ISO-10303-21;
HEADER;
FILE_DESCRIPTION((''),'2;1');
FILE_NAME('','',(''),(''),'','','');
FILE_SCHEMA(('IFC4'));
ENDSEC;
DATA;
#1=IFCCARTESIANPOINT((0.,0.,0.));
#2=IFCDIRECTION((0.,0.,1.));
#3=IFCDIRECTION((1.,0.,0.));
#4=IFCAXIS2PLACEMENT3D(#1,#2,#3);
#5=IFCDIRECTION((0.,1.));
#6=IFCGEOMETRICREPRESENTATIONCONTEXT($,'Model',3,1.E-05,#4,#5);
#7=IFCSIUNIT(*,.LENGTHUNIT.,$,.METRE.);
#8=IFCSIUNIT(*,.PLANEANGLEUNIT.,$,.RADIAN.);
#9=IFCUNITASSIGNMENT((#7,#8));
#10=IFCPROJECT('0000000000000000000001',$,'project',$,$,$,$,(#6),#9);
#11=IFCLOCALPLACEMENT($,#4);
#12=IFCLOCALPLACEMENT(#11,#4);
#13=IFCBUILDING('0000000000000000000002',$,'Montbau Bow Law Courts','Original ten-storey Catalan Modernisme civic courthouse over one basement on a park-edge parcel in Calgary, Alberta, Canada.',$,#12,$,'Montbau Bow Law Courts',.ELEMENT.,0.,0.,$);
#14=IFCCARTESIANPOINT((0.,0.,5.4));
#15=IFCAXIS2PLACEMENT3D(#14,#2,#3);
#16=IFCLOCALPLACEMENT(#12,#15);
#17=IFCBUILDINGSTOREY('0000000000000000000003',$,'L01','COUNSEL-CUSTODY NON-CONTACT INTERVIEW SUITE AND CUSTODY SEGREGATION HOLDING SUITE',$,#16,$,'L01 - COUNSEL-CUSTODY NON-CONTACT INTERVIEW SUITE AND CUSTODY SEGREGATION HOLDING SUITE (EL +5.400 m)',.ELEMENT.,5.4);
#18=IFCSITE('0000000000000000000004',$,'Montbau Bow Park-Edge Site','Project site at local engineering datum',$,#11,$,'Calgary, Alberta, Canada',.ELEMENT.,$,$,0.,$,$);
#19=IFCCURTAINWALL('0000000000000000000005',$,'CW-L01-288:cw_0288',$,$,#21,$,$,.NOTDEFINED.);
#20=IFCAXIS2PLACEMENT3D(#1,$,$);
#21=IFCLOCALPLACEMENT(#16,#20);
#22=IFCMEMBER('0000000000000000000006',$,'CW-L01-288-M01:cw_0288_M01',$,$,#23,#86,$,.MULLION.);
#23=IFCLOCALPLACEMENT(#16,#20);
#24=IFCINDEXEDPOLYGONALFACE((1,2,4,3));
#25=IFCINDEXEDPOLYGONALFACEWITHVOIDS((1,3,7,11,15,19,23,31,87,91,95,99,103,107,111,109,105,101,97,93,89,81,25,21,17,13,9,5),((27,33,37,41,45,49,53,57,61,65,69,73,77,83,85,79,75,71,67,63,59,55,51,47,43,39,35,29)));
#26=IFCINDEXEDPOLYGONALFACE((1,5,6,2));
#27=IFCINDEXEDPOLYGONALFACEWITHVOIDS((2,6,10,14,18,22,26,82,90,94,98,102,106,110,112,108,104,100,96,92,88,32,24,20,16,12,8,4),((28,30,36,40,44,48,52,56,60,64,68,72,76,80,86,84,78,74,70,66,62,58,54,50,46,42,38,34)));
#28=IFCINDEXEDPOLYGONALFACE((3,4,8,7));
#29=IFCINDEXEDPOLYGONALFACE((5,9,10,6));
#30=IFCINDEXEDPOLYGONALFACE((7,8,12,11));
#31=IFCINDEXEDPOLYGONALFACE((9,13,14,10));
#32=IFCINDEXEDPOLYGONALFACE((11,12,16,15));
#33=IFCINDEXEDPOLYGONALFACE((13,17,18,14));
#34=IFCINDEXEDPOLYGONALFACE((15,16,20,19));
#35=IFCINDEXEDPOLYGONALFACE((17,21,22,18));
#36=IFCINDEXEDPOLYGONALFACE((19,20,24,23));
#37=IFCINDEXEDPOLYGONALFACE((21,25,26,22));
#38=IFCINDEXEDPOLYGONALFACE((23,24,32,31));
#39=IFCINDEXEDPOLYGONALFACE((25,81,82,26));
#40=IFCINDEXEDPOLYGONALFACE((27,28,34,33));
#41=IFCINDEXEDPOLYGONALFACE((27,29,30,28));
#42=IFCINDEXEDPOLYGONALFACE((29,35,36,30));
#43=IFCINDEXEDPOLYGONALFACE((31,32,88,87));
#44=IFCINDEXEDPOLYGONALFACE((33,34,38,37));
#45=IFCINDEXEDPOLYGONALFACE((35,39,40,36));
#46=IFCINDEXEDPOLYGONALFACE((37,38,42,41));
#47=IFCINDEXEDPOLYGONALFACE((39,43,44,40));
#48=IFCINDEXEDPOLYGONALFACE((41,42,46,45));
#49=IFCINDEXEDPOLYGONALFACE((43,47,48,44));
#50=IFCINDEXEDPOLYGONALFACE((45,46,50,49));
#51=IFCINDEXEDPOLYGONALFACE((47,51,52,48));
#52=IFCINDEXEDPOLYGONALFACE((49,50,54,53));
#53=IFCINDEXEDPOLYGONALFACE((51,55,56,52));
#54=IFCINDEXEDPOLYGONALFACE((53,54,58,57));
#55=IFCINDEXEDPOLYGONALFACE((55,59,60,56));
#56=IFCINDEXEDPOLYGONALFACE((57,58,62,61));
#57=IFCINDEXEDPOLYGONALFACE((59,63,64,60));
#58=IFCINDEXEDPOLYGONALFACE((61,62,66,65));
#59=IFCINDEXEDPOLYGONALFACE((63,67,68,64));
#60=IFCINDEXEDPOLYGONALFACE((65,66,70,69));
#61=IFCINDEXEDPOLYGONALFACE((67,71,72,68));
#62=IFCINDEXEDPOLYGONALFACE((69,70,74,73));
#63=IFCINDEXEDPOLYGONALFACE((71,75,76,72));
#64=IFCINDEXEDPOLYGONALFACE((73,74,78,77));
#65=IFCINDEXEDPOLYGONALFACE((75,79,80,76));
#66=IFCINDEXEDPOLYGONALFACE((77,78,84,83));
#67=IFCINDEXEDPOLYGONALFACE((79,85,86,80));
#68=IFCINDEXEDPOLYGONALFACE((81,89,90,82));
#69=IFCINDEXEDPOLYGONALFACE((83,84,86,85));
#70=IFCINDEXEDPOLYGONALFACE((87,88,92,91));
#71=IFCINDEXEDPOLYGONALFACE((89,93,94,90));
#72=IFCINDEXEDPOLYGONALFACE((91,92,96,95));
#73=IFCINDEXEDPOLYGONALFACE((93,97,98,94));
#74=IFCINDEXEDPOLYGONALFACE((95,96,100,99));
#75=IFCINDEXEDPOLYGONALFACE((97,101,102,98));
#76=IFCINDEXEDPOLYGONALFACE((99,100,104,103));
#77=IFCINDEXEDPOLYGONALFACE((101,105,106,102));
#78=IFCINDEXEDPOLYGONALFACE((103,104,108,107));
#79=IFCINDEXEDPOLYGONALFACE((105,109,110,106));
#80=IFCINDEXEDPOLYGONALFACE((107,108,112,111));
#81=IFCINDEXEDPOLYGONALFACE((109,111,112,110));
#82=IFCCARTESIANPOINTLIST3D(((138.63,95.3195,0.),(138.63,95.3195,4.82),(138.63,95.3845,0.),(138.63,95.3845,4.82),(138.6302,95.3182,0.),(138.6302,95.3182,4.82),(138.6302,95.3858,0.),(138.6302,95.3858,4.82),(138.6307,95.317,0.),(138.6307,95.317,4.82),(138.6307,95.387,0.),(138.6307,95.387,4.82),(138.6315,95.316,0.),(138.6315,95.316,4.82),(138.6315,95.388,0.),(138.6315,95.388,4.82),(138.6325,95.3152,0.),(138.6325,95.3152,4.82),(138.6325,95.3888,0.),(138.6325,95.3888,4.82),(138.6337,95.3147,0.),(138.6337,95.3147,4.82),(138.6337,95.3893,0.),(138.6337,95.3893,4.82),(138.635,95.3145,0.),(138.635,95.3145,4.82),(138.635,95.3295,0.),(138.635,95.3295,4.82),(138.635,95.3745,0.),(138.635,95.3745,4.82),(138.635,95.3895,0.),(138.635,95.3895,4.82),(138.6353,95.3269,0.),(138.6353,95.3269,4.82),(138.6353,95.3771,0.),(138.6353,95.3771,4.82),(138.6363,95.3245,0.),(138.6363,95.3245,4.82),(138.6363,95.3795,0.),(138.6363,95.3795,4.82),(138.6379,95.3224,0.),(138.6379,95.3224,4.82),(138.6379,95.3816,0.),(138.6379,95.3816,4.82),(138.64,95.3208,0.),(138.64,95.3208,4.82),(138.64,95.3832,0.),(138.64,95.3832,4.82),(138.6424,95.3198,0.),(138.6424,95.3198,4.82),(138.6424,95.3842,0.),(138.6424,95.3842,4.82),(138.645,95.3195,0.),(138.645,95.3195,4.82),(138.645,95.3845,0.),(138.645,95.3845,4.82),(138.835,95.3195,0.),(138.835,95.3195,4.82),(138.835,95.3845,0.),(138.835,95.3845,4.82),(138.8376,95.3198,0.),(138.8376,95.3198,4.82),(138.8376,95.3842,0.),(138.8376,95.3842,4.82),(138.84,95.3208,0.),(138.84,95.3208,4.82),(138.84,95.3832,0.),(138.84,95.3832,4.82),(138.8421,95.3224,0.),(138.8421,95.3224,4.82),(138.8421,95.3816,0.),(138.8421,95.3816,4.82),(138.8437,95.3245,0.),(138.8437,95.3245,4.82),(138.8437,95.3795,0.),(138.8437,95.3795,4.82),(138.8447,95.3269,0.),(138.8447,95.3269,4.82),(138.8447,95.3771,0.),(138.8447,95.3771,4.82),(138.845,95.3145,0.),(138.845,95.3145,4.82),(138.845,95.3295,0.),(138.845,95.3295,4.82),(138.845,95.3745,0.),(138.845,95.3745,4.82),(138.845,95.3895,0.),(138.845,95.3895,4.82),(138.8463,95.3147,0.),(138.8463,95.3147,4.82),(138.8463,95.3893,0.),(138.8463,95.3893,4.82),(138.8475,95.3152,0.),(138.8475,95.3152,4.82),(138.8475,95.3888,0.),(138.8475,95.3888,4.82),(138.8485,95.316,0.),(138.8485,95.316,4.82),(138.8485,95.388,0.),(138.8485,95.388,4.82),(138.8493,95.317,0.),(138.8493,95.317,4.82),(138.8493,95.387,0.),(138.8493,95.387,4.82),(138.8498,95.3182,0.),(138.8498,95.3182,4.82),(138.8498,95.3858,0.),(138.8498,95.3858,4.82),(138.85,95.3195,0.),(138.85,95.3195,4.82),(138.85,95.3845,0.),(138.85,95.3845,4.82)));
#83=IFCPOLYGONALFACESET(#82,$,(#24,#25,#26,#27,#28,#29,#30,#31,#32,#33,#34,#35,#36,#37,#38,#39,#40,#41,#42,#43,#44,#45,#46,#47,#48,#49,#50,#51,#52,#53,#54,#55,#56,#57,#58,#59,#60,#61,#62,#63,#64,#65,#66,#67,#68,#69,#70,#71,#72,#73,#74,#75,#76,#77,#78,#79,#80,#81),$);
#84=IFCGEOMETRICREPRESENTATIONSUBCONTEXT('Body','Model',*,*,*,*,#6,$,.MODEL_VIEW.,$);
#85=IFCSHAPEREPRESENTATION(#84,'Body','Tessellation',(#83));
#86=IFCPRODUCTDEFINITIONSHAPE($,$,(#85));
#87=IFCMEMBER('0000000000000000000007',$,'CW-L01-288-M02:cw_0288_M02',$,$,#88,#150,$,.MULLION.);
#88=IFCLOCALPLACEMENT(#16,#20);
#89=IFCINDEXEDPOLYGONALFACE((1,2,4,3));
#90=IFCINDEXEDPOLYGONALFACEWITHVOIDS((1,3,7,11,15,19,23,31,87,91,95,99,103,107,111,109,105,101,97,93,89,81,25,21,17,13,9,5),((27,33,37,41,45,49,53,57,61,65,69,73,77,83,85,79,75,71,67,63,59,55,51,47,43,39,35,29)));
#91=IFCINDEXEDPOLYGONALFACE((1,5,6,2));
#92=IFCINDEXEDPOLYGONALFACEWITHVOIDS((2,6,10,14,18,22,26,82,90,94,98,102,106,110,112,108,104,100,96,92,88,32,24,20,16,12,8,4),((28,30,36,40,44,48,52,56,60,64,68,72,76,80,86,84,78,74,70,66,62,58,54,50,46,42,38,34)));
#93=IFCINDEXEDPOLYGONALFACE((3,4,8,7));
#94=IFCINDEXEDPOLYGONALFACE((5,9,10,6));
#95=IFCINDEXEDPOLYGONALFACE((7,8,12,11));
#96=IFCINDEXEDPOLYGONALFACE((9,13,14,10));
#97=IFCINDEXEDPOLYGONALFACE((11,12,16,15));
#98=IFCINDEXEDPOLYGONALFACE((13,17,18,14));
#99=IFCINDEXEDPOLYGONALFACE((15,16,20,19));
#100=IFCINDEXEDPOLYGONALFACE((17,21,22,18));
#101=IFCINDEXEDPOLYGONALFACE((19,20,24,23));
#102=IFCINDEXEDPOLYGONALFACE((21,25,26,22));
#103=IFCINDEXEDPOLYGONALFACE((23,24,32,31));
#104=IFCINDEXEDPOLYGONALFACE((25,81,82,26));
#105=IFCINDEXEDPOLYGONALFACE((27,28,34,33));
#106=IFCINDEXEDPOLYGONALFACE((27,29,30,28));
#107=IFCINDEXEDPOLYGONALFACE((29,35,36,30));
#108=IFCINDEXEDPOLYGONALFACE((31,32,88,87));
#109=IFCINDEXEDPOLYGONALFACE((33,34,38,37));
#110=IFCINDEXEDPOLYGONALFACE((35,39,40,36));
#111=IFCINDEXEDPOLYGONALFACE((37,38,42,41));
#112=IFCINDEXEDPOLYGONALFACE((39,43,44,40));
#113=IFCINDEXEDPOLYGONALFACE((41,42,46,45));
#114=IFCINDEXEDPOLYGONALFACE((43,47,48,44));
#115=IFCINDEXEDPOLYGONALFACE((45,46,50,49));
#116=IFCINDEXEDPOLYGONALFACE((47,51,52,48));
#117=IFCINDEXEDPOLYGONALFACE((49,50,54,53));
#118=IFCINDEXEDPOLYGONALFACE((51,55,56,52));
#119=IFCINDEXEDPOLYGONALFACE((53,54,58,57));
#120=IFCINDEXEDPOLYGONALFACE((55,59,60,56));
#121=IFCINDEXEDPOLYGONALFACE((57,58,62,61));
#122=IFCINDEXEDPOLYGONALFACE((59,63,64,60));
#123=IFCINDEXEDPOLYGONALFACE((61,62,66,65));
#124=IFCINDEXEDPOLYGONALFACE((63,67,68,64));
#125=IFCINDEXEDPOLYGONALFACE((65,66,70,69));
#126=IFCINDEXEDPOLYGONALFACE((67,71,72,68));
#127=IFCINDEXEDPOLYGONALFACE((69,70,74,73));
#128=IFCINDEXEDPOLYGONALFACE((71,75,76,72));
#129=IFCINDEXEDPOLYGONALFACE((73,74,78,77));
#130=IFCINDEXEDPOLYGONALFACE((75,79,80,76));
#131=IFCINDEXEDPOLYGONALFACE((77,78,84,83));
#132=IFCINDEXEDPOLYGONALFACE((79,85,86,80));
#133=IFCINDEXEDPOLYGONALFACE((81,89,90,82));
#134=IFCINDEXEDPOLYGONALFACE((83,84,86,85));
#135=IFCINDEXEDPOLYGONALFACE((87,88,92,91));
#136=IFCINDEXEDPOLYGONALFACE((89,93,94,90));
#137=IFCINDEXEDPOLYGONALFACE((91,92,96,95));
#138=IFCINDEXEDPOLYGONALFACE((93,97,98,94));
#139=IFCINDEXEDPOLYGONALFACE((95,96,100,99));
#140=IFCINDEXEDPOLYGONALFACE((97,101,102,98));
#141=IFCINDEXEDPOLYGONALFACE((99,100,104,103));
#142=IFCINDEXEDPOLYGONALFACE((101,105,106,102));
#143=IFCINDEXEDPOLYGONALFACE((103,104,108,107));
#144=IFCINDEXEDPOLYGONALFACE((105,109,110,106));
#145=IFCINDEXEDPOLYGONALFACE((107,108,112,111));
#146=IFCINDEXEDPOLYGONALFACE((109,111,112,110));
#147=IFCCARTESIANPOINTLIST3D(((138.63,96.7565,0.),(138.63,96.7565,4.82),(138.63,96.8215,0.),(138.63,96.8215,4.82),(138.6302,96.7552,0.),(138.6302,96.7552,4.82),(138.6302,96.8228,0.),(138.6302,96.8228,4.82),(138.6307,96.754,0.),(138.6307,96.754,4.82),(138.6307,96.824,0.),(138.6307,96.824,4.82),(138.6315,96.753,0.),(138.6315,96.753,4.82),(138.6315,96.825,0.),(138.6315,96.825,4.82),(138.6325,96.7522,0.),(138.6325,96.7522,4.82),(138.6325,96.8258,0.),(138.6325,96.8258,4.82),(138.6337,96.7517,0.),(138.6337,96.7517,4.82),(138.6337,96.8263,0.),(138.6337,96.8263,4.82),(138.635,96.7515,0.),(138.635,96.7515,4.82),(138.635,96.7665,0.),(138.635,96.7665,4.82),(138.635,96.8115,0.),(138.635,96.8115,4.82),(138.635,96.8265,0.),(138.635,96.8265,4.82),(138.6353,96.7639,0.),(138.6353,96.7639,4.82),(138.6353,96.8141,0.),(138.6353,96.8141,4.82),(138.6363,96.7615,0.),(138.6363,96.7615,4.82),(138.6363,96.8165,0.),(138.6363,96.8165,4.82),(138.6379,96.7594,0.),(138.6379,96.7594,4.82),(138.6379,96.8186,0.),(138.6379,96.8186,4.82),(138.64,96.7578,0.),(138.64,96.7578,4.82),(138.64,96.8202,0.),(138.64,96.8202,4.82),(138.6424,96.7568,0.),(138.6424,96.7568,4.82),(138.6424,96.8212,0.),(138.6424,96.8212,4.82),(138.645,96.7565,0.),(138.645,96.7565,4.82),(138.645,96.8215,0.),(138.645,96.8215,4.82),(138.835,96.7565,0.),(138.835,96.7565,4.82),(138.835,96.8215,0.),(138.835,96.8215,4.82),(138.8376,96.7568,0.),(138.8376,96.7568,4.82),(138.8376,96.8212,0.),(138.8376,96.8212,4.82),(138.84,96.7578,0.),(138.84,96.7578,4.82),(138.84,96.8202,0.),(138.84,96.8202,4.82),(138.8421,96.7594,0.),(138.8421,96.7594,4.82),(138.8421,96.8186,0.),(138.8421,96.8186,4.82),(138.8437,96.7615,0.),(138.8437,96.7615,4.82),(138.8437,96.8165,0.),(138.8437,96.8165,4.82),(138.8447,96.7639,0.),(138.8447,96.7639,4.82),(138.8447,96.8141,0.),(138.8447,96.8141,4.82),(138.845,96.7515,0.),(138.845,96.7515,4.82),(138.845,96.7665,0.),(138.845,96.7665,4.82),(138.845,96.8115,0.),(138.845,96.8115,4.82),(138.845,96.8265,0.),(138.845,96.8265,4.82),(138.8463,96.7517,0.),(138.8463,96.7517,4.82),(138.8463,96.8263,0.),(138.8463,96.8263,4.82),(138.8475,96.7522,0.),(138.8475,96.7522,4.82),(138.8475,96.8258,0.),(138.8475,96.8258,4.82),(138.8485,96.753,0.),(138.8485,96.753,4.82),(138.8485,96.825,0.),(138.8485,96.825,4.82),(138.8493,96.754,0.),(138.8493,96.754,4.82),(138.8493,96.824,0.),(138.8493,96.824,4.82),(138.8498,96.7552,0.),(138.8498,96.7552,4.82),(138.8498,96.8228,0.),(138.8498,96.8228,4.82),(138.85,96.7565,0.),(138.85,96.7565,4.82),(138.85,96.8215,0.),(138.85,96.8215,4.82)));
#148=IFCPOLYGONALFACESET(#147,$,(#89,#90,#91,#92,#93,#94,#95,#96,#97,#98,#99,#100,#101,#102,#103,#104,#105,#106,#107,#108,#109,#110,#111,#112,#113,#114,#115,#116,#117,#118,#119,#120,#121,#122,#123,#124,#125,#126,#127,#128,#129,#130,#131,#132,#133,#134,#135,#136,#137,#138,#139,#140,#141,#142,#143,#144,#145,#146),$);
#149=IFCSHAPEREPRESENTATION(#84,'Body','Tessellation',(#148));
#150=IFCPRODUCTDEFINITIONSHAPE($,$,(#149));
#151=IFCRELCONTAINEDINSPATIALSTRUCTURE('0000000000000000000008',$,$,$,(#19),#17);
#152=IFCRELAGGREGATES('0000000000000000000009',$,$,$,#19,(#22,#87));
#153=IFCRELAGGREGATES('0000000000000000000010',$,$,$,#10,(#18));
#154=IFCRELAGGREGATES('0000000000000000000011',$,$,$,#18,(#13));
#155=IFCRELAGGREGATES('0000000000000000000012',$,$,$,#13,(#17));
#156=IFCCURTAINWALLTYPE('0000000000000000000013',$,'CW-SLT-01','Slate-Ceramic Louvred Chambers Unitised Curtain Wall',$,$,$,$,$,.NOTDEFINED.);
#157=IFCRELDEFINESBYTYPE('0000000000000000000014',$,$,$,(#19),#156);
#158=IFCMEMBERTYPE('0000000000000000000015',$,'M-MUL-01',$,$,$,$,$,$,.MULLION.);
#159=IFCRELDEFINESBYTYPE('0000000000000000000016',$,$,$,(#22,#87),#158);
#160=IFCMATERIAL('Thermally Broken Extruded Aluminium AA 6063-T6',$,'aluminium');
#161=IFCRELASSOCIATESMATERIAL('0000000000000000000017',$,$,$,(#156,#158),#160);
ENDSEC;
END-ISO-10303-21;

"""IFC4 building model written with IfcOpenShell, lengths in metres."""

from ifc_helpers import new_model, si_unit, direction, frame, origin_with_axes, origin_2d_with_axis, place, context, subcontext, project, spatial, hollow_rectangle, extrude, material, material_profile, profile_set, type_object, element, aggregate, save


model = new_model("IFC4")

# Units and contexts
model_context = context("Model", 3, precision=1e-05, world=origin_with_axes(), true_north=direction((0.0, 1.0)))
body_context = subcontext(model_context, "Body", "Model", "MODEL_VIEW")
ifc_project = project(units=[si_unit("LENGTHUNIT", "METRE"), si_unit("PLANEANGLEUNIT", "RADIAN")], contexts=[model_context])

# Site, building, storey
site_placement = place(None, origin_with_axes())
site = spatial("IfcSite", under=ifc_project, at=site_placement, Name="Montbau Bow Park-Edge Site", Description="Project site at local engineering datum", LongName="Calgary, Alberta, Canada", CompositionType="ELEMENT", RefElevation=0.0)
building_placement = place(site_placement, origin_with_axes())
building = spatial("IfcBuilding", under=site, at=building_placement, Name="Montbau Bow Law Courts", Description="Original ten-storey Catalan Modernisme civic courthouse over one basement on a park-edge parcel in Calgary, Alberta, Canada.", LongName="Montbau Bow Law Courts", CompositionType="ELEMENT", ElevationOfRefHeight=0.0, ElevationOfTerrain=0.0)
storey_placement = place(building_placement, frame((0.0, 0.0, 5.4), z_axis=(0.0, 0.0, 1.0), x_axis=(1.0, 0.0, 0.0)))
storey = spatial("IfcBuildingStorey", under=building, at=storey_placement, Name="L01", Description="COUNSEL-CUSTODY NON-CONTACT INTERVIEW SUITE AND CUSTODY SEGREGATION HOLDING SUITE", LongName="L01 - COUNSEL-CUSTODY NON-CONTACT INTERVIEW SUITE AND CUSTODY SEGREGATION HOLDING SUITE (EL +5.400 m)", CompositionType="ELEMENT", Elevation=5.4)

# Curtain wall, members
ifc_material_1 = material(Name="Thermally Broken Extruded Aluminium AA 6063-T6", Category="aluminium")
curtain_wall_type = type_object("IfcCurtainWallType", Name="CW-SLT-01", Description="Slate-Ceramic Louvred Chambers Unitised Curtain Wall", PredefinedType="NOTDEFINED", material=ifc_material_1)
curtain_wall_1_placement = place(None, frame((138.74, 95.315, 5.4), z_axis=(0.0, 0.0, 1.0), x_axis=(1.0, 0.0, 0.0)))
curtain_wall_1 = element("IfcCurtainWall", 1, at=curtain_wall_1_placement, inside=storey, type_object=curtain_wall_type, Name="CW-L01-288:cw_0288", PredefinedType="NOTDEFINED")
ifc_material_profile_1 = material_profile(ifc_material_1, hollow_rectangle(XDim=0.075, YDim=0.22, WallThickness=0.005, InnerFilletRadius=0.01, OuterFilletRadius=0.005, at=origin_2d_with_axis()), Name="CWM-220X75", Category="Main", Priority=0)
ifc_profile_set_1 = profile_set([ifc_material_profile_1], Name="Thermally Broken Extruded Aluminium AA 6063-T6")
member_type_1 = type_object("IfcMemberType", Name="M-MUL-01", PredefinedType="MULLION", material=ifc_profile_set_1)
member_1_placement = place(None, frame((138.74, 95.352, 5.4), z_axis=(0.0, 0.0, 1.0), x_axis=(0.0, 1.0, 0.0)))
member_1 = element("IfcMember", 2, at=member_1_placement, type_object=member_type_1, Name="CW-L01-288-M01:cw_0288_M01", PredefinedType="MULLION", context=body_context, shape_type="SweptSolid", body=[
    extrude(hollow_rectangle(XDim=0.075, YDim=0.22, WallThickness=0.005, InnerFilletRadius=0.01, OuterFilletRadius=0.005, at=origin_2d_with_axis()), origin_with_axes(), (0.0, 0.0, 1.0), 4.82),
])
member_2_placement = place(None, frame((138.74, 96.789, 5.4), z_axis=(0.0, 0.0, 1.0), x_axis=(0.0, 1.0, 0.0)))
member_2 = element("IfcMember", 3, at=member_2_placement, type_object=member_type_1, Name="CW-L01-288-M02:cw_0288_M02", PredefinedType="MULLION", context=body_context, shape_type="SweptSolid", body=[
    extrude(hollow_rectangle(XDim=0.075, YDim=0.22, WallThickness=0.005, InnerFilletRadius=0.01, OuterFilletRadius=0.005, at=origin_2d_with_axis()), origin_with_axes(), (0.0, 0.0, 1.0), 4.82),
])

aggregate(curtain_wall_1, [member_1, member_2])

save(model, "model.ifc")
